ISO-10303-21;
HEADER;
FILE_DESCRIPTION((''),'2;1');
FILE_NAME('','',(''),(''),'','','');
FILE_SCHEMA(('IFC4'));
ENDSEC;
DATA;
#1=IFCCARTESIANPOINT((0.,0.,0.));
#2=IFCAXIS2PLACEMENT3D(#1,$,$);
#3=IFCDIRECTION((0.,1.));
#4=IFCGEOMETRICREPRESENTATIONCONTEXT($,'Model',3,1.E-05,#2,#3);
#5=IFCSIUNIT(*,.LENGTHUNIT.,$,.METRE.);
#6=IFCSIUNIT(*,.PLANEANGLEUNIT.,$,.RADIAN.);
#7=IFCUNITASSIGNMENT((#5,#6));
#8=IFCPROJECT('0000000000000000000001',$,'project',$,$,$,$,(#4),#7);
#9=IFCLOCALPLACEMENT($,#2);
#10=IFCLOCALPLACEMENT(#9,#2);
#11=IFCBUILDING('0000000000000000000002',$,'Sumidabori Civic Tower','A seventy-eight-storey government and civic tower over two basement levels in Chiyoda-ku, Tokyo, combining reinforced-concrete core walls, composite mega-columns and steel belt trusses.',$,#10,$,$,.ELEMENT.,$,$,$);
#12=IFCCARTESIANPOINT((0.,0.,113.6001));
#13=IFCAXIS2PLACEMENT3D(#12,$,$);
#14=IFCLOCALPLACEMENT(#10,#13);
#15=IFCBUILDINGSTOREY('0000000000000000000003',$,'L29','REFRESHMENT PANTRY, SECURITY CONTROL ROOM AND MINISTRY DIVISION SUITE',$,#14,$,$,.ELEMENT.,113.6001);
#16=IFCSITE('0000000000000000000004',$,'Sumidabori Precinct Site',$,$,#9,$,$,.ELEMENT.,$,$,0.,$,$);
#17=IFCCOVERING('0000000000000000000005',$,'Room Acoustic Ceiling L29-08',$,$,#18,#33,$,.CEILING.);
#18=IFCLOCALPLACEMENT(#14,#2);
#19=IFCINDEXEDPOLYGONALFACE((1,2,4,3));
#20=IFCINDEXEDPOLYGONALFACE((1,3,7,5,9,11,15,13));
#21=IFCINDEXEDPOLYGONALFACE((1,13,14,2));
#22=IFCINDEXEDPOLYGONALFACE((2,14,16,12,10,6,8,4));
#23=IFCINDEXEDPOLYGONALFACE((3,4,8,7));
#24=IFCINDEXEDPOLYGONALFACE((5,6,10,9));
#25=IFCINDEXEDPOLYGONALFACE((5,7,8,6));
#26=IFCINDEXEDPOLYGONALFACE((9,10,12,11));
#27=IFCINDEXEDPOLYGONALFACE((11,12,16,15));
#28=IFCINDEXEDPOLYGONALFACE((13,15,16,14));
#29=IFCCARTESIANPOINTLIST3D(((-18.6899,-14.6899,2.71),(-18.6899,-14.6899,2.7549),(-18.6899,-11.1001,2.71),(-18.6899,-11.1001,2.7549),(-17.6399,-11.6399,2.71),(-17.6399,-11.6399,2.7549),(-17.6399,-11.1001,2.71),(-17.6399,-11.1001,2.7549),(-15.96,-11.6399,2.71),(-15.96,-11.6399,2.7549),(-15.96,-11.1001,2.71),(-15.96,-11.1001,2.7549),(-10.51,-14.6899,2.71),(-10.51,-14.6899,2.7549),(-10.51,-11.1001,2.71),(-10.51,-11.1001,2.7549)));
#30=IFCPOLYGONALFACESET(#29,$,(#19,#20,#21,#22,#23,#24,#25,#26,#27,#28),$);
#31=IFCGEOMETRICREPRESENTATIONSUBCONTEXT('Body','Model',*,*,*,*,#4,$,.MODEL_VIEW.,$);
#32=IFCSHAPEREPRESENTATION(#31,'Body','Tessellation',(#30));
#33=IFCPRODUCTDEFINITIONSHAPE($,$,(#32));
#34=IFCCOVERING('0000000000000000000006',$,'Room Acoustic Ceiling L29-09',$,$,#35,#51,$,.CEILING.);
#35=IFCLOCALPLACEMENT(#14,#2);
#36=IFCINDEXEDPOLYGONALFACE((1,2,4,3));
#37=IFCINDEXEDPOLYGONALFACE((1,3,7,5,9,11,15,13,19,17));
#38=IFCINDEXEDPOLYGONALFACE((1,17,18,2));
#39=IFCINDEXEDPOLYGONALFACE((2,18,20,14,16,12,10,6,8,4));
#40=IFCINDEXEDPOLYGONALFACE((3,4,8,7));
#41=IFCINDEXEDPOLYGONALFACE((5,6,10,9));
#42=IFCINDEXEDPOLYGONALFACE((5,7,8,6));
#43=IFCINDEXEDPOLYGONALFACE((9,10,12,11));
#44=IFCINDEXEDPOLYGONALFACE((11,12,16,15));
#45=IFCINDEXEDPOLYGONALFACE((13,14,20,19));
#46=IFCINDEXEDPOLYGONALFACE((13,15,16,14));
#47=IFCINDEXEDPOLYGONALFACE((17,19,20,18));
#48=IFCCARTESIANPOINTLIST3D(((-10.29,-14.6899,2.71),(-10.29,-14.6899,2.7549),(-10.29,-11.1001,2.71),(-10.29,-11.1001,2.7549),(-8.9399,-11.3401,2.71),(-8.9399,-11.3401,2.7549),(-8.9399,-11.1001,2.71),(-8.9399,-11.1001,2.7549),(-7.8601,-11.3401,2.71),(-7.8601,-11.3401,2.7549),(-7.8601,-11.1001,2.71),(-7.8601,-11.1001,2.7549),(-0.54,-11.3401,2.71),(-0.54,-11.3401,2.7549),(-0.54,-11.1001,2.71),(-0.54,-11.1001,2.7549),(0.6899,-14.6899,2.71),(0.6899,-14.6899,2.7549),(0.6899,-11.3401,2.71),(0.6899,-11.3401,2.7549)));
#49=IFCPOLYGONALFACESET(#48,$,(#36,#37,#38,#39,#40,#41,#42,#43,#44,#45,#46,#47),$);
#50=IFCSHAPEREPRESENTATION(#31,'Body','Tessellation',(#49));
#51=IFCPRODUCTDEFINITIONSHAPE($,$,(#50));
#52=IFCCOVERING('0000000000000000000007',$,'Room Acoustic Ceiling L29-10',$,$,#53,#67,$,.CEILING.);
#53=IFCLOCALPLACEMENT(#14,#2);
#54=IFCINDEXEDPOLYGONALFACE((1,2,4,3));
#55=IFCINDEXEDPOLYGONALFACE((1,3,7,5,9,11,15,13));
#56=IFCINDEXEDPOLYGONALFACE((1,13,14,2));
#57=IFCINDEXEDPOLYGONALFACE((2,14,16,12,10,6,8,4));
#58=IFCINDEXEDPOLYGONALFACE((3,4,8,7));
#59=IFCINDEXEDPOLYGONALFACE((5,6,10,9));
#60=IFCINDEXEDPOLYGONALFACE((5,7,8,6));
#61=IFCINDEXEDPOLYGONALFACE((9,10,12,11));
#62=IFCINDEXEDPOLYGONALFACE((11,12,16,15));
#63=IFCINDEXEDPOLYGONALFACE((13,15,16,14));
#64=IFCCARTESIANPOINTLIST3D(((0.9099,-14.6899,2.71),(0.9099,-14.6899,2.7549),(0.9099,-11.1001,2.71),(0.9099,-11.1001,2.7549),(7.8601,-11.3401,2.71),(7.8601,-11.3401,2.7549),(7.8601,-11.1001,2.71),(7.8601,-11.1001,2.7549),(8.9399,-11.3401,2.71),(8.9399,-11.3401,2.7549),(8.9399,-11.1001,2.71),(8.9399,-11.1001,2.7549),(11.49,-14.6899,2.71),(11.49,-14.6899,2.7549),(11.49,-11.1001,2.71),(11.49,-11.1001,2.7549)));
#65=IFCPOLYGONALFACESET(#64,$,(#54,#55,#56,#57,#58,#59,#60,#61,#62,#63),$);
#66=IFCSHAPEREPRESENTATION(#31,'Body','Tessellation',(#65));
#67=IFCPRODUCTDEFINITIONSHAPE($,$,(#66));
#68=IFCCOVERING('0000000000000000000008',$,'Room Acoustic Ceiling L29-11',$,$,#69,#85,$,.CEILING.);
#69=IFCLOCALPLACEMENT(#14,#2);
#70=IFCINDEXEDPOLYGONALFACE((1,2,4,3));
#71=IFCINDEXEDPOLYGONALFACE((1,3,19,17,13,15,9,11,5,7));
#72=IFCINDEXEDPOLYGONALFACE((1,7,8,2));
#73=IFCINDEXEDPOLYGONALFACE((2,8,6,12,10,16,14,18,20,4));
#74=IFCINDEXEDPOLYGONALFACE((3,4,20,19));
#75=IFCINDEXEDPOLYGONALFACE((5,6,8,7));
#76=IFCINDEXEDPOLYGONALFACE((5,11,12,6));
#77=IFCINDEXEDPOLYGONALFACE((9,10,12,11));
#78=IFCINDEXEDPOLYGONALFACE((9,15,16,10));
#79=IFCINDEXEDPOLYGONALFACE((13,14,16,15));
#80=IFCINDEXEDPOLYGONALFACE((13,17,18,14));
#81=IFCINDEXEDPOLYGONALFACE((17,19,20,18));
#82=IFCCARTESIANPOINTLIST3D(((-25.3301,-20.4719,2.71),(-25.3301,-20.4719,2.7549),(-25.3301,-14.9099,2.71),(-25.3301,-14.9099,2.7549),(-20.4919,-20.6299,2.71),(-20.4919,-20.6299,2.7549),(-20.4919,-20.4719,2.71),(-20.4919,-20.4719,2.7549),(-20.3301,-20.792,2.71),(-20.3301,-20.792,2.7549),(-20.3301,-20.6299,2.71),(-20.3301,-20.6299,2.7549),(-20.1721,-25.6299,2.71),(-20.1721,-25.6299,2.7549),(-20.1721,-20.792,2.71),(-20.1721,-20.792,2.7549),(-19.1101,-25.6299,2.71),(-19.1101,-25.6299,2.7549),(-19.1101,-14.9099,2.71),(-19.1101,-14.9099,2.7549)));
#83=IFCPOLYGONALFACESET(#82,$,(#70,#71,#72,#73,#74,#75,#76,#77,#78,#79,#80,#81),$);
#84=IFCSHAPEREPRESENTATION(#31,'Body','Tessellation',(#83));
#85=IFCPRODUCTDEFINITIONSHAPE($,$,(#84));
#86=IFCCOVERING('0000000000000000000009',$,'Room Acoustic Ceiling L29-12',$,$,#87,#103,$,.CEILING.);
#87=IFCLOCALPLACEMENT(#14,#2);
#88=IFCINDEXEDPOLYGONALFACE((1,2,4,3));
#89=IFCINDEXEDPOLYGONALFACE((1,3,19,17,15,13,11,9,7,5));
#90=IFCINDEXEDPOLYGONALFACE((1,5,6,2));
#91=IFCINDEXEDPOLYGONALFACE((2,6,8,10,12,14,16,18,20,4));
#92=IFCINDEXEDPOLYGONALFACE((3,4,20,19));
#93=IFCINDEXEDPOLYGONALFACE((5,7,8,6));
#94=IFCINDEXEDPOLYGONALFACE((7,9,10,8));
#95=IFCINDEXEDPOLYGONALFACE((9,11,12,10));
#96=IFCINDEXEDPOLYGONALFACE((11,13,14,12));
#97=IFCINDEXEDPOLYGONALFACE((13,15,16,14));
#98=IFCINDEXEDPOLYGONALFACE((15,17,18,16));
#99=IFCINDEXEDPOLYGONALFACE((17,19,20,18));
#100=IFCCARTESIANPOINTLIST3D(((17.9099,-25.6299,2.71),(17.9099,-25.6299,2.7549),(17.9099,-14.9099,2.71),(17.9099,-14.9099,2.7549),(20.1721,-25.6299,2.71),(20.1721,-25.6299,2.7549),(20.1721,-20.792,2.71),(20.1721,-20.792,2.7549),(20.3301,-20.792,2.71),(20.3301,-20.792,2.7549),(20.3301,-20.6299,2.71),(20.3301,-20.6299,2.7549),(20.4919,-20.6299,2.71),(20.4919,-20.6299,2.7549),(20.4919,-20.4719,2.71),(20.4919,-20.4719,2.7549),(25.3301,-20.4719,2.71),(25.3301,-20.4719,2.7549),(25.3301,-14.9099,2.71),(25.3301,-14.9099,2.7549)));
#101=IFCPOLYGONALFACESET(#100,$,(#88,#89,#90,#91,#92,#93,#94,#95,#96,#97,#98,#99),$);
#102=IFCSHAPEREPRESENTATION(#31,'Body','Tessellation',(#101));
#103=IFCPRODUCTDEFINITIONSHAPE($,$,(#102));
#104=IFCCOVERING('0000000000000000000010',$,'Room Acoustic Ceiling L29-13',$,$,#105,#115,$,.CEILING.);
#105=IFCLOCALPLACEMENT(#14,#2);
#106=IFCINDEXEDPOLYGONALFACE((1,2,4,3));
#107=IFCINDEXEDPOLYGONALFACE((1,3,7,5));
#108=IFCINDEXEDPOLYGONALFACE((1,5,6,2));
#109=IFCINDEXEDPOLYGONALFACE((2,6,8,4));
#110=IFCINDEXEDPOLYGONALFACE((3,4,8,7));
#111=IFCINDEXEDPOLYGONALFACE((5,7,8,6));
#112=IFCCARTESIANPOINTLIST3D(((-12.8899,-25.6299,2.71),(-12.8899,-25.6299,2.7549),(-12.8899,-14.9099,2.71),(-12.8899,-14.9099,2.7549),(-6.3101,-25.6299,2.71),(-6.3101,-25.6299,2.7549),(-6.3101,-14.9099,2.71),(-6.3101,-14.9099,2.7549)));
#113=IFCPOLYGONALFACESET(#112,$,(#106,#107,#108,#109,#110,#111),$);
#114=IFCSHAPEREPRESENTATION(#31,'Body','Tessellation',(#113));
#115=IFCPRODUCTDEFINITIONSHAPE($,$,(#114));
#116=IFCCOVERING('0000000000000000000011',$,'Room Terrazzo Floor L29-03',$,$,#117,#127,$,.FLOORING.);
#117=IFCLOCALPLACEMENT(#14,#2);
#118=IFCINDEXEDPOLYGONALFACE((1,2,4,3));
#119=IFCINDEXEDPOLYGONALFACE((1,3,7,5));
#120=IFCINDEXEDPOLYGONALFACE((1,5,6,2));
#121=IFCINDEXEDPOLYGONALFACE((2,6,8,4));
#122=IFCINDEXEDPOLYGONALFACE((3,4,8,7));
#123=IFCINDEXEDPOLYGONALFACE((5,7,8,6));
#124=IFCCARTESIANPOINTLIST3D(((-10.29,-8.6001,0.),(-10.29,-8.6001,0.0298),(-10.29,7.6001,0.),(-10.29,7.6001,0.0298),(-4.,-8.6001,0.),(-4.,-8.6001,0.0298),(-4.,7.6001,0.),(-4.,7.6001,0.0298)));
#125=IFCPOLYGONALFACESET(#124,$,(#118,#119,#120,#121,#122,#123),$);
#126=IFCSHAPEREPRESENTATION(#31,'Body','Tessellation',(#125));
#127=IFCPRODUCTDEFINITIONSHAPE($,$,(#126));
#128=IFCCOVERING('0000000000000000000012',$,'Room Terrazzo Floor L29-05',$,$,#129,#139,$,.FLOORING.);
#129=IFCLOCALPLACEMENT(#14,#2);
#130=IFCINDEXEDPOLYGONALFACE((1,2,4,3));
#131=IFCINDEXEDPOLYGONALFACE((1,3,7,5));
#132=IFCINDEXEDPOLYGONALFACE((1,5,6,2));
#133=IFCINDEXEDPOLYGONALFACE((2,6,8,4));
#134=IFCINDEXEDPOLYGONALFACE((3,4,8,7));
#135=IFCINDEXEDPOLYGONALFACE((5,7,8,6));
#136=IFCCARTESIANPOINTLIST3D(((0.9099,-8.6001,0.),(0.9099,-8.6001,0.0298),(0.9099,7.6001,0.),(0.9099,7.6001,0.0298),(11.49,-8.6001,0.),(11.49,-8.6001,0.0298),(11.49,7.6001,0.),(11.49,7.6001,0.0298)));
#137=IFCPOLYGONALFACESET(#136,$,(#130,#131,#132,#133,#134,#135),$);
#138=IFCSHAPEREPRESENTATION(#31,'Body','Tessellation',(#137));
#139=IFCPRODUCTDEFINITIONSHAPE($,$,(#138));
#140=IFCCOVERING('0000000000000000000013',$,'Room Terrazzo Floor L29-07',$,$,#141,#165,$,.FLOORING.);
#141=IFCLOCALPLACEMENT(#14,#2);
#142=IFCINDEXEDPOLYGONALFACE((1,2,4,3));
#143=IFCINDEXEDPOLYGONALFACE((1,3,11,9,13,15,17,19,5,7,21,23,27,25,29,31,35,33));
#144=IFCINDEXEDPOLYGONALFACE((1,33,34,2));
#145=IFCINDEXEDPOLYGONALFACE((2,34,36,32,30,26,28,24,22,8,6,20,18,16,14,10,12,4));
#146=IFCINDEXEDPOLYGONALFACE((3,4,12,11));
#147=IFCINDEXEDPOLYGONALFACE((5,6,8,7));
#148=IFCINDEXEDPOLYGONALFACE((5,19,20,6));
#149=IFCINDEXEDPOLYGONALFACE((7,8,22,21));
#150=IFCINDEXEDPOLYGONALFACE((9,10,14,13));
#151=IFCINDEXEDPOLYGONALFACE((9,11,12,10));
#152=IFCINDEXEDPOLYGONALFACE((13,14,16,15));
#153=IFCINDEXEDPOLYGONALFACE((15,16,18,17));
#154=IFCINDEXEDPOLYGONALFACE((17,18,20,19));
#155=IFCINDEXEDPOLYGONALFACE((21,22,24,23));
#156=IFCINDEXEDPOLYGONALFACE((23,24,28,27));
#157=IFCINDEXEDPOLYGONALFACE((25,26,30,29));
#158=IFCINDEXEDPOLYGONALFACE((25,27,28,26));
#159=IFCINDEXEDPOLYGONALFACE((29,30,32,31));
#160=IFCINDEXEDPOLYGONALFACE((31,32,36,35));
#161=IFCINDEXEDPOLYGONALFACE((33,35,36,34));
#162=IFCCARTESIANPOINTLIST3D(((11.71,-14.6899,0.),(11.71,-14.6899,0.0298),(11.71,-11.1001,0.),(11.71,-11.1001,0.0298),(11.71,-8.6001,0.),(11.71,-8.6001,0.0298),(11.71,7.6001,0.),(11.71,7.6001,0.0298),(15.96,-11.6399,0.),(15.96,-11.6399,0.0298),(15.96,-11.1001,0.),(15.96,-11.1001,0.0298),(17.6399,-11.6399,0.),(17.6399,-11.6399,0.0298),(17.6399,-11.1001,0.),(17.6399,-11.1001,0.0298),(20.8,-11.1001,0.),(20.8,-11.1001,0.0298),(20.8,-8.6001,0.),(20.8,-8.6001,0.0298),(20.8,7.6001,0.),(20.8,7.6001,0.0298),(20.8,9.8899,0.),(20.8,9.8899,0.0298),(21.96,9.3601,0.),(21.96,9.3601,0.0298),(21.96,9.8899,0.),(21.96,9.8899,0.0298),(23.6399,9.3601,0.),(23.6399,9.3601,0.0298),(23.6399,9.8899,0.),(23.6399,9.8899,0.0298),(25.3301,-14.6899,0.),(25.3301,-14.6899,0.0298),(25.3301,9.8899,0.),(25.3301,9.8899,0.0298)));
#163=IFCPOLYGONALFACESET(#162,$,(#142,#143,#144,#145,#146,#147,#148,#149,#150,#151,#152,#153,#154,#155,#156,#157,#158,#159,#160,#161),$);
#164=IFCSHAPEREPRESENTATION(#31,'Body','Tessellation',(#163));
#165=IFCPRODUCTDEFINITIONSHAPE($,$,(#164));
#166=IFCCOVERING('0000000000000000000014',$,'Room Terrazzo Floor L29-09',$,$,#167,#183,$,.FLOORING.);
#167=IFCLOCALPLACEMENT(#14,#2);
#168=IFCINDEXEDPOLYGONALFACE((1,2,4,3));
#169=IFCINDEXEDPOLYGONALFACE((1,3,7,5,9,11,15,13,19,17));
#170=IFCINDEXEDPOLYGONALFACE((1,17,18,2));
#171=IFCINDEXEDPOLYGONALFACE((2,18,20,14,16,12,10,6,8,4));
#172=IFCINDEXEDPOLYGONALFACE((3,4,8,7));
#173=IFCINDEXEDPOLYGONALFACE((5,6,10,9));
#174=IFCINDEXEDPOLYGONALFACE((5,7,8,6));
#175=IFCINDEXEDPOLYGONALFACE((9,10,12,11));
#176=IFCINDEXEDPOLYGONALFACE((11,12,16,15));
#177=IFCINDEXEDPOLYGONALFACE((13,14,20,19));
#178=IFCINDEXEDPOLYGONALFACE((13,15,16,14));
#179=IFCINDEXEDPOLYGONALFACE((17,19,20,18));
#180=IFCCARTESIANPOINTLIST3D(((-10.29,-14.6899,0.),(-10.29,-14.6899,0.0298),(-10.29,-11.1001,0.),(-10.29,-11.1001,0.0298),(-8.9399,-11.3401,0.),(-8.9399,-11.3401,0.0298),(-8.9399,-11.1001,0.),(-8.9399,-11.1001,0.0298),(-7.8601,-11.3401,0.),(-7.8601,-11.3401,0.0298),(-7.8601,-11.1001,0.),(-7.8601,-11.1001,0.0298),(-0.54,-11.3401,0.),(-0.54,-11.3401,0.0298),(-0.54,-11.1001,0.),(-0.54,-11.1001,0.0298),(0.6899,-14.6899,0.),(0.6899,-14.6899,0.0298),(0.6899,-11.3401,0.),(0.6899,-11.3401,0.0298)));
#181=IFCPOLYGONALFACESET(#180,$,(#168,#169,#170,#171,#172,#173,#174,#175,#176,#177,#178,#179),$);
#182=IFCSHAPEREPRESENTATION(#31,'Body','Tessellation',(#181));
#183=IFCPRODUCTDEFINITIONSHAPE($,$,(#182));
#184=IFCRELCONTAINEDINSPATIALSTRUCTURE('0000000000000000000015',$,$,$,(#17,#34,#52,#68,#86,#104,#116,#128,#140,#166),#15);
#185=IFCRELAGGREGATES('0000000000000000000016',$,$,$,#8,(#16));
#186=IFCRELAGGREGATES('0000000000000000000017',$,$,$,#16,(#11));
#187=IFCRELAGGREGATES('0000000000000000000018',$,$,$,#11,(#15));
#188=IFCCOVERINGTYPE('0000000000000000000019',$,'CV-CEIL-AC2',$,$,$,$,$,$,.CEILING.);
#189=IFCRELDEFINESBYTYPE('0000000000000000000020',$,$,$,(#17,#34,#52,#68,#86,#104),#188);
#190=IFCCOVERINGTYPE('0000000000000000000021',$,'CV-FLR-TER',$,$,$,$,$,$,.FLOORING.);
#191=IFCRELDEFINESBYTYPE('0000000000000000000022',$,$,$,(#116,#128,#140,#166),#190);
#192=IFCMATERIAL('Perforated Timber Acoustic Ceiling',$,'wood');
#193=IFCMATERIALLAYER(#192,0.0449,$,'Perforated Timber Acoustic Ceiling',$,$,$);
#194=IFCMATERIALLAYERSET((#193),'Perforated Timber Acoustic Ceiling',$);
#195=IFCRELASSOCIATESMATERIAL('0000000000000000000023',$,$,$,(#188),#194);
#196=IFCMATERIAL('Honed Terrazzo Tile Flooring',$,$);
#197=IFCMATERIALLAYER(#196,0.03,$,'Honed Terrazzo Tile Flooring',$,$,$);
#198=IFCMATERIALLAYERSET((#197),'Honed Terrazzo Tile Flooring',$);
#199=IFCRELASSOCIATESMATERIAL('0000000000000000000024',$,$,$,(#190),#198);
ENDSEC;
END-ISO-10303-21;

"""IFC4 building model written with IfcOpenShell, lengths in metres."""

from ifc_helpers import new_model, si_unit, direction, frame, origin, place, context, subcontext, project, spatial, polyline, outline, extrude, material, layer, layer_set, type_object, element, save


model = new_model("IFC4")

# Units and contexts
model_context = context("Model", 3, precision=1e-05, world=origin(), true_north=direction((0.0, 1.0)))
body_context = subcontext(model_context, "Body", "Model", "MODEL_VIEW")
ifc_project = project(units=[si_unit("LENGTHUNIT", "METRE"), si_unit("PLANEANGLEUNIT", "RADIAN")], contexts=[model_context])

# Site, building, storey
site_placement = place(None, origin())
site = spatial("IfcSite", under=ifc_project, at=site_placement, Name="Sumidabori Precinct Site", CompositionType="ELEMENT", RefElevation=0.0)
building_placement = place(site_placement, origin())
building = spatial("IfcBuilding", under=site, at=building_placement, Name="Sumidabori Civic Tower", Description="A seventy-eight-storey government and civic tower over two basement levels in Chiyoda-ku, Tokyo, combining reinforced-concrete core walls, composite mega-columns and steel belt trusses.", CompositionType="ELEMENT")
storey_placement = place(building_placement, frame((0.0, 0.0, 113.6001)))
storey = spatial("IfcBuildingStorey", under=building, at=storey_placement, Name="L29", Description="REFRESHMENT PANTRY, SECURITY CONTROL ROOM AND MINISTRY DIVISION SUITE", CompositionType="ELEMENT", Elevation=113.6001)

# Coverings
ifc_material_1 = material(Name="Perforated Timber Acoustic Ceiling", Category="wood")
ifc_layer_1 = layer(ifc_material_1, 0.0449, Name="Perforated Timber Acoustic Ceiling")
ifc_layer_set_1 = layer_set([ifc_layer_1], Name="Perforated Timber Acoustic Ceiling")
covering_type_1 = type_object("IfcCoveringType", Name="CV-CEIL-AC2", PredefinedType="CEILING", material=ifc_layer_set_1)
covering_1_placement = place(storey_placement, frame((0.0, 0.0, 2.71)))
element("IfcCovering", 1, at=covering_1_placement, inside=storey, type_object=covering_type_1, Name="Room Acoustic Ceiling L29-08", PredefinedType="CEILING", context=body_context, shape_type="SweptSolid", body=[
    extrude(outline(polyline([(-18.6899, -11.1001), (-17.6399, -11.1001), (-17.6399, -11.6399), (-15.96, -11.6399), (-15.96, -11.1001), (-10.51, -11.1001), (-10.51, -14.6899), (-18.6899, -14.6899), (-18.6899, -11.1001)])), origin(), (0.0, 0.0, 1.0), 0.0449),
])
covering_2_placement = place(storey_placement, frame((0.0, 0.0, 2.71)))
element("IfcCovering", 2, at=covering_2_placement, inside=storey, type_object=covering_type_1, Name="Room Acoustic Ceiling L29-09", PredefinedType="CEILING", context=body_context, shape_type="SweptSolid", body=[
    extrude(outline(polyline([(-10.29, -11.1001), (-8.9399, -11.1001), (-8.9399, -11.3401), (-7.8601, -11.3401), (-7.8601, -11.1001), (-0.54, -11.1001), (-0.54, -11.3401), (0.6899, -11.3401), (0.6899, -14.6899), (-10.29, -14.6899), (-10.29, -11.1001)])), origin(), (0.0, 0.0, 1.0), 0.0449),
])
covering_3_placement = place(storey_placement, frame((0.0, 0.0, 2.71)))
element("IfcCovering", 3, at=covering_3_placement, inside=storey, type_object=covering_type_1, Name="Room Acoustic Ceiling L29-10", PredefinedType="CEILING", context=body_context, shape_type="SweptSolid", body=[
    extrude(outline(polyline([(0.9099, -11.1001), (7.8601, -11.1001), (7.8601, -11.3401), (8.9399, -11.3401), (8.9399, -11.1001), (11.49, -11.1001), (11.49, -14.6899), (0.9099, -14.6899), (0.9099, -11.1001)])), origin(), (0.0, 0.0, 1.0), 0.0449),
])
covering_4_placement = place(storey_placement, frame((0.0, 0.0, 2.71)))
element("IfcCovering", 4, at=covering_4_placement, inside=storey, type_object=covering_type_1, Name="Room Acoustic Ceiling L29-11", PredefinedType="CEILING", context=body_context, shape_type="SweptSolid", body=[
    extrude(outline(polyline([(-19.1101, -14.9099), (-19.1101, -25.6299), (-20.1721, -25.6299), (-20.1721, -20.792), (-20.3301, -20.792), (-20.3301, -20.6299), (-20.4919, -20.6299), (-20.4919, -20.4719), (-25.3301, -20.4719), (-25.3301, -14.9099), (-19.1101, -14.9099)])), origin(), (0.0, 0.0, 1.0), 0.0449),
])
covering_5_placement = place(storey_placement, frame((0.0, 0.0, 2.71)))
element("IfcCovering", 5, at=covering_5_placement, inside=storey, type_object=covering_type_1, Name="Room Acoustic Ceiling L29-12", PredefinedType="CEILING", context=body_context, shape_type="SweptSolid", body=[
    extrude(outline(polyline([(17.9099, -14.9099), (25.3301, -14.9099), (25.3301, -20.4719), (20.4919, -20.4719), (20.4919, -20.6299), (20.3301, -20.6299), (20.3301, -20.792), (20.1721, -20.792), (20.1721, -25.6299), (17.9099, -25.6299), (17.9099, -14.9099)])), origin(), (0.0, 0.0, 1.0), 0.0449),
])
covering_6_placement = place(storey_placement, frame((0.0, 0.0, 2.71)))
element("IfcCovering", 6, at=covering_6_placement, inside=storey, type_object=covering_type_1, Name="Room Acoustic Ceiling L29-13", PredefinedType="CEILING", context=body_context, shape_type="SweptSolid", body=[
    extrude(outline(polyline([(-12.8899, -14.9099), (-6.3101, -14.9099), (-6.3101, -25.6299), (-12.8899, -25.6299), (-12.8899, -14.9099)])), origin(), (0.0, 0.0, 1.0), 0.0449),
])
ifc_material_2 = material(Name="Honed Terrazzo Tile Flooring")
ifc_layer_2 = layer(ifc_material_2, 0.03, Name="Honed Terrazzo Tile Flooring")
ifc_layer_set_2 = layer_set([ifc_layer_2], Name="Honed Terrazzo Tile Flooring")
covering_type_2 = type_object("IfcCoveringType", Name="CV-FLR-TER", PredefinedType="FLOORING", material=ifc_layer_set_2)
covering_7_placement = place(storey_placement, origin())
element("IfcCovering", 7, at=covering_7_placement, inside=storey, type_object=covering_type_2, Name="Room Terrazzo Floor L29-03", PredefinedType="FLOORING", context=body_context, shape_type="SweptSolid", body=[
    extrude(outline(polyline([(-10.29, 7.6001), (-4.0, 7.6001), (-4.0, -8.6001), (-10.29, -8.6001), (-10.29, 7.6001)])), origin(), (0.0, 0.0, 1.0), 0.0298),
])
covering_8_placement = place(storey_placement, origin())
element("IfcCovering", 8, at=covering_8_placement, inside=storey, type_object=covering_type_2, Name="Room Terrazzo Floor L29-05", PredefinedType="FLOORING", context=body_context, shape_type="SweptSolid", body=[
    extrude(outline(polyline([(0.9099, -8.6001), (0.9099, 7.6001), (11.49, 7.6001), (11.49, -8.6001), (0.9099, -8.6001)])), origin(), (0.0, 0.0, 1.0), 0.0298),
])
covering_9_placement = place(storey_placement, origin())
element("IfcCovering", 9, at=covering_9_placement, inside=storey, type_object=covering_type_2, Name="Room Terrazzo Floor L29-07", PredefinedType="FLOORING", context=body_context, shape_type="SweptSolid", body=[
    extrude(outline(polyline([(11.71, -11.1001), (15.96, -11.1001), (15.96, -11.6399), (17.6399, -11.6399), (17.6399, -11.1001), (20.8, -11.1001), (20.8, -8.6001), (11.71, -8.6001), (11.71, 7.6001), (20.8, 7.6001), (20.8, 9.8899), (21.96, 9.8899), (21.96, 9.3601), (23.6399, 9.3601), (23.6399, 9.8899), (25.3301, 9.8899), (25.3301, -14.6899), (11.71, -14.6899), (11.71, -11.1001)])), origin(), (0.0, 0.0, 1.0), 0.0298),
])
covering_10_placement = place(storey_placement, origin())
element("IfcCovering", 10, at=covering_10_placement, inside=storey, type_object=covering_type_2, Name="Room Terrazzo Floor L29-09", PredefinedType="FLOORING", context=body_context, shape_type="SweptSolid", body=[
    extrude(outline(polyline([(-10.29, -11.1001), (-8.9399, -11.1001), (-8.9399, -11.3401), (-7.8601, -11.3401), (-7.8601, -11.1001), (-0.54, -11.1001), (-0.54, -11.3401), (0.6899, -11.3401), (0.6899, -14.6899), (-10.29, -14.6899), (-10.29, -11.1001)])), origin(), (0.0, 0.0, 1.0), 0.0298),
])

save(model, "model.ifc")
